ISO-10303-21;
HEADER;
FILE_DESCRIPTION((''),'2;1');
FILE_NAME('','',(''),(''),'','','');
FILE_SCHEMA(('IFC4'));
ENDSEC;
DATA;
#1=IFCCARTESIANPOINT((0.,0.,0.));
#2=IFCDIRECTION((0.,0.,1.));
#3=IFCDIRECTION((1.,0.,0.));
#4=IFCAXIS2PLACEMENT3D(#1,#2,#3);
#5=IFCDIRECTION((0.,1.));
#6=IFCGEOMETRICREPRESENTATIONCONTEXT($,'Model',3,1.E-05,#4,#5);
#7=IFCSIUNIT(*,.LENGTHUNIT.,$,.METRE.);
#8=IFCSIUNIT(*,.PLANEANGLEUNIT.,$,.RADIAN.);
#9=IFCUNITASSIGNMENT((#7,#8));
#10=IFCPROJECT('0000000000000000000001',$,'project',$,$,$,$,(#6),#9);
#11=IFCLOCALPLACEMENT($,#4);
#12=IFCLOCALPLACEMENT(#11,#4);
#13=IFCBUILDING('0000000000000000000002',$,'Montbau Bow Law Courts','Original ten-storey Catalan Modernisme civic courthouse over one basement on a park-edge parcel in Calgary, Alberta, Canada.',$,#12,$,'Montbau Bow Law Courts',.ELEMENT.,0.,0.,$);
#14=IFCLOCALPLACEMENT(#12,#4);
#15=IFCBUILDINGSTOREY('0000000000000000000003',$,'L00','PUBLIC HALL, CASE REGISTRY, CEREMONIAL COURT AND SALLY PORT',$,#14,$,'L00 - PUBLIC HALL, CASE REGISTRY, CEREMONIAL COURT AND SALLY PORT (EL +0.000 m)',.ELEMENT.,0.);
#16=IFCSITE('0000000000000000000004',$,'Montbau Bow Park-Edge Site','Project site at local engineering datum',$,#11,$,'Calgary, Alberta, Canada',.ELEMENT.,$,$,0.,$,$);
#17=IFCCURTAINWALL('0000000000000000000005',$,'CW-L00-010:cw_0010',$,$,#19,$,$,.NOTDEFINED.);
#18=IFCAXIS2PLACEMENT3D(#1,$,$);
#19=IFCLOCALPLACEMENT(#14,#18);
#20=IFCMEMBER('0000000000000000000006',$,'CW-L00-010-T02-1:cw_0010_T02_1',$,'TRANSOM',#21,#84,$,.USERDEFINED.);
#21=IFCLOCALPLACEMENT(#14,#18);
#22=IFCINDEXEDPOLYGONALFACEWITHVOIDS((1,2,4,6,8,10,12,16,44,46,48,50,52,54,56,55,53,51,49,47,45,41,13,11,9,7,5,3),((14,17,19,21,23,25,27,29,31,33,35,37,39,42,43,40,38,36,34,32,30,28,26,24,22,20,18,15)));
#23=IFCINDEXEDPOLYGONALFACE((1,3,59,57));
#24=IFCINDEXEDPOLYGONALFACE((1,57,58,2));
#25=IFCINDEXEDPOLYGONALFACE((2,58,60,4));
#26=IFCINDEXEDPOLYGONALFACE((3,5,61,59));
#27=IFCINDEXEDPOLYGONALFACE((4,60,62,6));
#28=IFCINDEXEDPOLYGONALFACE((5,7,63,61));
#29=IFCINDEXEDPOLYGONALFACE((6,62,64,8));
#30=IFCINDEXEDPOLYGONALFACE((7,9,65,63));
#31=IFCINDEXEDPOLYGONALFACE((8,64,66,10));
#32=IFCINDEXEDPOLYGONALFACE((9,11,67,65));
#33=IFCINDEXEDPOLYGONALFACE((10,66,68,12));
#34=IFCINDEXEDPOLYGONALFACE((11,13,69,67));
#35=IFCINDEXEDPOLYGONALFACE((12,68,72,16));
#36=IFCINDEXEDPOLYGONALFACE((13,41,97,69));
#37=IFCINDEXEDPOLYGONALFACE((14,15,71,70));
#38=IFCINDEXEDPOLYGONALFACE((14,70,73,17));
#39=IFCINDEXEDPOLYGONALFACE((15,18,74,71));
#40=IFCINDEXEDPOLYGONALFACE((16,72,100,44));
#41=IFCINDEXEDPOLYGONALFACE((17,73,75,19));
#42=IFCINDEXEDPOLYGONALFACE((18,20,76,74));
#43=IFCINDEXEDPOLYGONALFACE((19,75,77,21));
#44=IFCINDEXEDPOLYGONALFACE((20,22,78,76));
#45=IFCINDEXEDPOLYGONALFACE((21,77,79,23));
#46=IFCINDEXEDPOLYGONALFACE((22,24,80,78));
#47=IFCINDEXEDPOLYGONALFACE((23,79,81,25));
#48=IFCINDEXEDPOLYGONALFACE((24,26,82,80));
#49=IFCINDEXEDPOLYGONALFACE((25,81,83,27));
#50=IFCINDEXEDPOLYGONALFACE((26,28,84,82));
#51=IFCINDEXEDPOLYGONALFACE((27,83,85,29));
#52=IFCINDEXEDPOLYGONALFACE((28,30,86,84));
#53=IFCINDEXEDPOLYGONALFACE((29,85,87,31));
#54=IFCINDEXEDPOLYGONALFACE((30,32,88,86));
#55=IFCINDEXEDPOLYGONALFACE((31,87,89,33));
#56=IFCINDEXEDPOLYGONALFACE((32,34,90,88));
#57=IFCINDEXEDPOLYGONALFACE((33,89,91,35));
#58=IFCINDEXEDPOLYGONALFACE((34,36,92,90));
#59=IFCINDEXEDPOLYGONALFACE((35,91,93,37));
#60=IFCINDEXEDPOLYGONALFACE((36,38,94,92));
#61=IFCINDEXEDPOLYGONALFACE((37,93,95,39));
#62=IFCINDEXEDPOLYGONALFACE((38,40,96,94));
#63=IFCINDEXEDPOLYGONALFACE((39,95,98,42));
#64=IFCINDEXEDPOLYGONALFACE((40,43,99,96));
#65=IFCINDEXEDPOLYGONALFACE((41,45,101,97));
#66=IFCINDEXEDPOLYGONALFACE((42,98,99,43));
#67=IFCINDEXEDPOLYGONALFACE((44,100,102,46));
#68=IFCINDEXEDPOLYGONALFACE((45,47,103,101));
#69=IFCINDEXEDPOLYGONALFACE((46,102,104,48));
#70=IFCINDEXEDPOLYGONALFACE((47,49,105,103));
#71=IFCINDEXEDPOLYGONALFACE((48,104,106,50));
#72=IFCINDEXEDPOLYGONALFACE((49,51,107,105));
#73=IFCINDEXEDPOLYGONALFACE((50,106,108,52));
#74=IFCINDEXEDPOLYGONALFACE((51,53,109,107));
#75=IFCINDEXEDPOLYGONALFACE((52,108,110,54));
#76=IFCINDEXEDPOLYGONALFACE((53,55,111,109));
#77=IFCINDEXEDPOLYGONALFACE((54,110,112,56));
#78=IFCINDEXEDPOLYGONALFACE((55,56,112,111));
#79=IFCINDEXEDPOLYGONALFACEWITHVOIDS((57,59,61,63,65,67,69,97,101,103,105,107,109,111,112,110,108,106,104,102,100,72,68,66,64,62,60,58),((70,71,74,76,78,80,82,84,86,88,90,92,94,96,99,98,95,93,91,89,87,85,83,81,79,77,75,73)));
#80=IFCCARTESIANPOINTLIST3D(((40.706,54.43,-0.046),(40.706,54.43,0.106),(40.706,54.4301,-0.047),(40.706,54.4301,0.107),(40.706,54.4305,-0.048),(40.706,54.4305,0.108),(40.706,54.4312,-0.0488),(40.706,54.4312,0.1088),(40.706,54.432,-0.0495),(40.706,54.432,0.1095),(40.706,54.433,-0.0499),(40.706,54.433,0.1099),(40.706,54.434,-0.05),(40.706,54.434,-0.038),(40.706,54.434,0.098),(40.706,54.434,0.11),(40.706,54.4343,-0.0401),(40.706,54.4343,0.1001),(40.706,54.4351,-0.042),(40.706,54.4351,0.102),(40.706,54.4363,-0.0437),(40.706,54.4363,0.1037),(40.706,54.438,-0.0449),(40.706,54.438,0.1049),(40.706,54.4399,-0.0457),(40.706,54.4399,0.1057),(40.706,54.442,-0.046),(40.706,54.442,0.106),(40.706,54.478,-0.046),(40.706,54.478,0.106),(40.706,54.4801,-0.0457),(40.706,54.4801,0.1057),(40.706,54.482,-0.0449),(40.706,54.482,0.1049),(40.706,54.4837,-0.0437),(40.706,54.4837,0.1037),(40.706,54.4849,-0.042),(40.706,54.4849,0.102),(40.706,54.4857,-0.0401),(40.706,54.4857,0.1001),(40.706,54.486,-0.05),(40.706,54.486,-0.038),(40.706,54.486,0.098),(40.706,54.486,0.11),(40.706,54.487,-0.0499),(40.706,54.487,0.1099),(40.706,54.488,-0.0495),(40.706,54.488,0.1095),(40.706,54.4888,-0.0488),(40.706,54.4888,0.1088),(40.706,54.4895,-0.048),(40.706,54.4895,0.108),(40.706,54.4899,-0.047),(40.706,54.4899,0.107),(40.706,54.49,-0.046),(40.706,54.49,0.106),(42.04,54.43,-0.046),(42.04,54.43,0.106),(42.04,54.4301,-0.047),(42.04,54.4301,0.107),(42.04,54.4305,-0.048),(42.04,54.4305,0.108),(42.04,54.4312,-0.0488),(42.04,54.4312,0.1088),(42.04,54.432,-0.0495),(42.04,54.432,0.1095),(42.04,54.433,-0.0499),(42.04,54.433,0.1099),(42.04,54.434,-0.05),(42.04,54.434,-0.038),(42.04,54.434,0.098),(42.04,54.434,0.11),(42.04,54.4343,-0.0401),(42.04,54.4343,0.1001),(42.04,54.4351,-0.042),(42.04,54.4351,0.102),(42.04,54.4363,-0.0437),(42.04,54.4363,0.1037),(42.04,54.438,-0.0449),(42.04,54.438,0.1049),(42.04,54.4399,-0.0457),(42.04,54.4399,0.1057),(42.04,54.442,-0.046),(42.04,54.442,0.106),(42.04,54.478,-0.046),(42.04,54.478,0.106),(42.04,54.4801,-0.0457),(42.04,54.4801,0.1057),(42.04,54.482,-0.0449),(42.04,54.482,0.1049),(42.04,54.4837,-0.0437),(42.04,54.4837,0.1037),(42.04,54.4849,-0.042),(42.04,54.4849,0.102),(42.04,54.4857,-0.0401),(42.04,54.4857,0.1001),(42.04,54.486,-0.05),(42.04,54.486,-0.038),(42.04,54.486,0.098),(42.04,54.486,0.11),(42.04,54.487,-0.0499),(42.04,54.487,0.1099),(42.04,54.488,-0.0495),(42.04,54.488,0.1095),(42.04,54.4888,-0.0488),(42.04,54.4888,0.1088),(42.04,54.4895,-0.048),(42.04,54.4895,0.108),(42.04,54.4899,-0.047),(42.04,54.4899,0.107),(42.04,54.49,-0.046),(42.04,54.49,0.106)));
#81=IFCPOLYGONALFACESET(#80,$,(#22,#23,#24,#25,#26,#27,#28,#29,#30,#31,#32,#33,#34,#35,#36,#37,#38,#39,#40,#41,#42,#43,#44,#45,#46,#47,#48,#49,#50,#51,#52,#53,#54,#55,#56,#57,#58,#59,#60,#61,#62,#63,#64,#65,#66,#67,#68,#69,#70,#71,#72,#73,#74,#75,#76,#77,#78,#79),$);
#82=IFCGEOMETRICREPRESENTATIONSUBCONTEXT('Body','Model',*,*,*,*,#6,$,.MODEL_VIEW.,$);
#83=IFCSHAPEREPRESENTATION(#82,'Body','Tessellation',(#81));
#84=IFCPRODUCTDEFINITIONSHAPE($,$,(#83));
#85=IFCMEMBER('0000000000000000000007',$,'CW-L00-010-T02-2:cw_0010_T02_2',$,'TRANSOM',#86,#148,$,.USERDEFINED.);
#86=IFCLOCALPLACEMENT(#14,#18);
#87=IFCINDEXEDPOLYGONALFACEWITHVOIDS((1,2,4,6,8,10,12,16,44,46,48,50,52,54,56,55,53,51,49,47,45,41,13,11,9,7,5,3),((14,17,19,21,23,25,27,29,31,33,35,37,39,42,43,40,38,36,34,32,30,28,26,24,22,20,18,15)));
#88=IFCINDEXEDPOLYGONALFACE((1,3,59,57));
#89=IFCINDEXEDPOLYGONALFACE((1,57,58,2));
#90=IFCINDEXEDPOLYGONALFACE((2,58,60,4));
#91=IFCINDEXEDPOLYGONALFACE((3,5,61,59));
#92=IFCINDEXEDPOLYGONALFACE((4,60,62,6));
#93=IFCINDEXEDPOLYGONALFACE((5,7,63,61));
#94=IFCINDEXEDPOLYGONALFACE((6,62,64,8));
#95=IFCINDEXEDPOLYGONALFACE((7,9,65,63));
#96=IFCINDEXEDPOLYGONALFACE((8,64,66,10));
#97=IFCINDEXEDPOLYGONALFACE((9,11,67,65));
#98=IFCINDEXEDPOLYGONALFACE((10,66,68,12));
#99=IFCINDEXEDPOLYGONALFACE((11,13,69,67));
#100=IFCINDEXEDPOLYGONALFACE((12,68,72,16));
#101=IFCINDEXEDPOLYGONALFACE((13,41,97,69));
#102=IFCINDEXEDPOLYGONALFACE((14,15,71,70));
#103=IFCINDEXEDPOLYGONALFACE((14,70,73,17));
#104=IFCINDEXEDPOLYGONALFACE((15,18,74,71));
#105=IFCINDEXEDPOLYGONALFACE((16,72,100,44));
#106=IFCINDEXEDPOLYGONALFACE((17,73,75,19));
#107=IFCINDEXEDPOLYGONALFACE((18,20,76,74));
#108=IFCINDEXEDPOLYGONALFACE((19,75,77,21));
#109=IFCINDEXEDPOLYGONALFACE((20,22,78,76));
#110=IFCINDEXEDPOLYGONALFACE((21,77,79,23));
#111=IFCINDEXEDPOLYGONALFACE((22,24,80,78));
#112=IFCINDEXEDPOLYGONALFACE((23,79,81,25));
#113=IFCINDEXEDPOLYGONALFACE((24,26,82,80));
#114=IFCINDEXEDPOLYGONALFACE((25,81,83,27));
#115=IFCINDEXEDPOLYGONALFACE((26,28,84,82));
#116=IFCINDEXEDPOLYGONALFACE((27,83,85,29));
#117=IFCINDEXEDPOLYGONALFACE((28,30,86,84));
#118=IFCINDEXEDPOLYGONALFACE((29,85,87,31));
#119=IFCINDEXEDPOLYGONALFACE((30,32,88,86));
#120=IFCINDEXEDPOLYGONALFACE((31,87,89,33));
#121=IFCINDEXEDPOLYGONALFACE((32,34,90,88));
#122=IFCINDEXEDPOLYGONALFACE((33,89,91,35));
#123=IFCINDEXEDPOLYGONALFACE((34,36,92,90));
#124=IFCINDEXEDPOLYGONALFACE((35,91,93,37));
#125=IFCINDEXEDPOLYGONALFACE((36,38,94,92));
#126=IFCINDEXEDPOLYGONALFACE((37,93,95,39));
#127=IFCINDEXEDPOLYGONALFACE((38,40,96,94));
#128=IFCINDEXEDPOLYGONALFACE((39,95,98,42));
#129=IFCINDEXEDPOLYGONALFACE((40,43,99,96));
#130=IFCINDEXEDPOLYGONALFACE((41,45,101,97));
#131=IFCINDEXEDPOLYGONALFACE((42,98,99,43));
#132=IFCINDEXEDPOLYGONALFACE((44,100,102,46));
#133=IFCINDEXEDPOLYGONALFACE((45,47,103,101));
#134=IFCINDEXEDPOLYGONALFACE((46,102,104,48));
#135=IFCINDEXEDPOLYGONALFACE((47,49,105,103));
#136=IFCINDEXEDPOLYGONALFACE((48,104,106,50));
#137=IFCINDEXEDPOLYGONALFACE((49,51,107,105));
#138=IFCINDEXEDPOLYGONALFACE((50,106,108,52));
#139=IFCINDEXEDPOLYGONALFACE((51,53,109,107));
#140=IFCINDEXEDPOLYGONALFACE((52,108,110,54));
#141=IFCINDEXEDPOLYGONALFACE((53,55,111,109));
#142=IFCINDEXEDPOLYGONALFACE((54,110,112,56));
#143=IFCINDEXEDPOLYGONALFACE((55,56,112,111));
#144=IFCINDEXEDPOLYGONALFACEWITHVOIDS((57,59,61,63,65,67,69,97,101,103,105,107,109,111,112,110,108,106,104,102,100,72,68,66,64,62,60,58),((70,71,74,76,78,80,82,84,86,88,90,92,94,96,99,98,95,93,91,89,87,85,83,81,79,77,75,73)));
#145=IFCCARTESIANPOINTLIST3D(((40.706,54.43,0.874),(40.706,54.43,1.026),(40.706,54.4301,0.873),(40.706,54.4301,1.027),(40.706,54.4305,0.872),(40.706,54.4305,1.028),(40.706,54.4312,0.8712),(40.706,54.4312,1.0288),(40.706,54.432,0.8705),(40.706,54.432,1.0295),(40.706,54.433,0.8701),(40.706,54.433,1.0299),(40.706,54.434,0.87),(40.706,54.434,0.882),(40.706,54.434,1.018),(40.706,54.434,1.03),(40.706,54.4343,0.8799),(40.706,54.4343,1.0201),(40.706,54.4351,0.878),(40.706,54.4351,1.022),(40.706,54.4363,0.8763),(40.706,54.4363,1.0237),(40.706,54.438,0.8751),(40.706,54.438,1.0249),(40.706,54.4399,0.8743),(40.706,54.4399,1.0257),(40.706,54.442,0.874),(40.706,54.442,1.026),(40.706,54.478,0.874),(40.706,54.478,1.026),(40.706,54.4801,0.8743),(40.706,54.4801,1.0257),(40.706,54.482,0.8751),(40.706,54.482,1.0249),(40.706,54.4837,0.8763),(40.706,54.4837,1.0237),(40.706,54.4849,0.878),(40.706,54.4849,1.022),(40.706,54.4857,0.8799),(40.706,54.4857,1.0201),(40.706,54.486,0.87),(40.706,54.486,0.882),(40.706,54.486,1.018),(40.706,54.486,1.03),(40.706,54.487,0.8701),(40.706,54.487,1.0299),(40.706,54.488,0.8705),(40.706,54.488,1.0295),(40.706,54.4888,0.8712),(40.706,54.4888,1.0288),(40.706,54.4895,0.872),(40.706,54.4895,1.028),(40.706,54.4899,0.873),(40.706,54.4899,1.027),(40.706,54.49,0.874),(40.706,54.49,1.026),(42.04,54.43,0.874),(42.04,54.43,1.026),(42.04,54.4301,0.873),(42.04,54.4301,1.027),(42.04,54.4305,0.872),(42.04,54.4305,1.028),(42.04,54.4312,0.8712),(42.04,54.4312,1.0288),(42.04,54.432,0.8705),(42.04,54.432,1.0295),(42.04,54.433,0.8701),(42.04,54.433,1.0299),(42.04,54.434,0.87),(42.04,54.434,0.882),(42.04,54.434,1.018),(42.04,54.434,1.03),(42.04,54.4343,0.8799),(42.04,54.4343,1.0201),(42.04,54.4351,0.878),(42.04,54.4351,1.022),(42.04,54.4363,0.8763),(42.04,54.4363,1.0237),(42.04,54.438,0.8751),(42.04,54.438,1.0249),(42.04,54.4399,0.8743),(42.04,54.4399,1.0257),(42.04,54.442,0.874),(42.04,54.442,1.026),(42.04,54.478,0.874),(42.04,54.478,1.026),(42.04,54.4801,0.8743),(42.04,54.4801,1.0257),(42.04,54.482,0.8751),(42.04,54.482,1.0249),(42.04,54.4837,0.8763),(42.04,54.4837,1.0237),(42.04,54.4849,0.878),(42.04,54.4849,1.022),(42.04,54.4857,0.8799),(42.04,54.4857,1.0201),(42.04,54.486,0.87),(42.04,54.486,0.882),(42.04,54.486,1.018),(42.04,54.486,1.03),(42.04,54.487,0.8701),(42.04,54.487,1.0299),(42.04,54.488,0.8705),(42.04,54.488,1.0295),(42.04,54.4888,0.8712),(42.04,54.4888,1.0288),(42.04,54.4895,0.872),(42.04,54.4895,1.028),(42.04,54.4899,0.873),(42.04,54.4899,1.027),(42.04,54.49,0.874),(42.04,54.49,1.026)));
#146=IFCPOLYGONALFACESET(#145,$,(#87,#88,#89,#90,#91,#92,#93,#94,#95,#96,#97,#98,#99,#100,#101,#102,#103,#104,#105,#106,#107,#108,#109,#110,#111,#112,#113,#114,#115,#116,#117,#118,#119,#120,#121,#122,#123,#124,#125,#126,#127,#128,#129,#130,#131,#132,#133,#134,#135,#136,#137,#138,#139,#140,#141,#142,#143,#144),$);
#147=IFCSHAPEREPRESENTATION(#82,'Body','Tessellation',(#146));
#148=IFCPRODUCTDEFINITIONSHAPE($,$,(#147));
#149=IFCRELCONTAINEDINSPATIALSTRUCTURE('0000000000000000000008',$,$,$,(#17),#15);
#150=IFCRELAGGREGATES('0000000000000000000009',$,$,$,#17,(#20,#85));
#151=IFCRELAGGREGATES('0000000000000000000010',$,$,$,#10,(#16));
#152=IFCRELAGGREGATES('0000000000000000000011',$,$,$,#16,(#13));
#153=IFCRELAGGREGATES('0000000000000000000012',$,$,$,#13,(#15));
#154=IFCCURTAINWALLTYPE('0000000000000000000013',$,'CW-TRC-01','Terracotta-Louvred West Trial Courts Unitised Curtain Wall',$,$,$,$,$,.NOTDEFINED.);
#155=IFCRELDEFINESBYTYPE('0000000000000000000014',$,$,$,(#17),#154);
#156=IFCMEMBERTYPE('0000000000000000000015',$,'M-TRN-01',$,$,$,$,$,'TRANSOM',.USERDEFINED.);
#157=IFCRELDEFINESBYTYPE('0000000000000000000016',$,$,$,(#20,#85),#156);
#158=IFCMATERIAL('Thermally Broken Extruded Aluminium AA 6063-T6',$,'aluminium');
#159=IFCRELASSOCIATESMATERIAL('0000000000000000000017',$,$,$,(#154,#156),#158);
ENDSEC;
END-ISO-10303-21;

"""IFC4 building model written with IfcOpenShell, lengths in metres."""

from ifc_helpers import new_model, si_unit, direction, frame, origin_with_axes, origin_2d_with_axis, place, context, subcontext, project, spatial, hollow_rectangle, extrude, material, material_profile, profile_set, type_object, element, aggregate, save


model = new_model("IFC4")

# Units and contexts
model_context = context("Model", 3, precision=1e-05, world=origin_with_axes(), true_north=direction((0.0, 1.0)))
body_context = subcontext(model_context, "Body", "Model", "MODEL_VIEW")
ifc_project = project(units=[si_unit("LENGTHUNIT", "METRE"), si_unit("PLANEANGLEUNIT", "RADIAN")], contexts=[model_context])

# Site, building, storey
site_placement = place(None, origin_with_axes())
site = spatial("IfcSite", under=ifc_project, at=site_placement, Name="Montbau Bow Park-Edge Site", Description="Project site at local engineering datum", LongName="Calgary, Alberta, Canada", CompositionType="ELEMENT", RefElevation=0.0)
building_placement = place(site_placement, origin_with_axes())
building = spatial("IfcBuilding", under=site, at=building_placement, Name="Montbau Bow Law Courts", Description="Original ten-storey Catalan Modernisme civic courthouse over one basement on a park-edge parcel in Calgary, Alberta, Canada.", LongName="Montbau Bow Law Courts", CompositionType="ELEMENT", ElevationOfRefHeight=0.0, ElevationOfTerrain=0.0)
storey_placement = place(building_placement, origin_with_axes())
storey = spatial("IfcBuildingStorey", under=building, at=storey_placement, Name="L00", Description="PUBLIC HALL, CASE REGISTRY, CEREMONIAL COURT AND SALLY PORT", LongName="L00 - PUBLIC HALL, CASE REGISTRY, CEREMONIAL COURT AND SALLY PORT (EL +0.000 m)", CompositionType="ELEMENT", Elevation=0.0)

# Curtain wall, members
ifc_material_1 = material(Name="Thermally Broken Extruded Aluminium AA 6063-T6", Category="aluminium")
curtain_wall_type = type_object("IfcCurtainWallType", Name="CW-TRC-01", Description="Terracotta-Louvred West Trial Courts Unitised Curtain Wall", PredefinedType="NOTDEFINED", material=ifc_material_1)
curtain_wall_1_placement = place(None, frame((39.268, 54.46, 0.0), z_axis=(0.0, 0.0, 1.0), x_axis=(1.0, 0.0, 0.0)))
curtain_wall_1 = element("IfcCurtainWall", 1, at=curtain_wall_1_placement, inside=storey, type_object=curtain_wall_type, Name="CW-L00-010:cw_0010", PredefinedType="NOTDEFINED")
ifc_material_profile_1 = material_profile(ifc_material_1, hollow_rectangle(XDim=0.06, YDim=0.16, WallThickness=0.004, InnerFilletRadius=0.008, OuterFilletRadius=0.004, at=origin_2d_with_axis()), Name="CWT-160X60", Category="Main", Priority=0)
ifc_profile_set_1 = profile_set([ifc_material_profile_1], Name="Thermally Broken Extruded Aluminium AA 6063-T6")
member_type_1 = type_object("IfcMemberType", Name="M-TRN-01", ElementType="TRANSOM", PredefinedType="USERDEFINED", material=ifc_profile_set_1)
member_1_placement = place(None, frame((40.706, 54.46, 0.03), z_axis=(1.0, 0.0, 0.0), x_axis=(0.0, 1.0, 0.0)))
member_1 = element("IfcMember", 2, at=member_1_placement, type_object=member_type_1, Name="CW-L00-010-T02-1:cw_0010_T02_1", ObjectType="TRANSOM", PredefinedType="USERDEFINED", context=body_context, shape_type="SweptSolid", body=[
    extrude(hollow_rectangle(XDim=0.06, YDim=0.16, WallThickness=0.004, InnerFilletRadius=0.008, OuterFilletRadius=0.004, at=origin_2d_with_axis()), origin_with_axes(), (0.0, 0.0, 1.0), 1.334),
])
member_2_placement = place(None, frame((40.706, 54.46, 0.95), z_axis=(1.0, 0.0, 0.0), x_axis=(0.0, 1.0, 0.0)))
member_2 = element("IfcMember", 3, at=member_2_placement, type_object=member_type_1, Name="CW-L00-010-T02-2:cw_0010_T02_2", ObjectType="TRANSOM", PredefinedType="USERDEFINED", context=body_context, shape_type="SweptSolid", body=[
    extrude(hollow_rectangle(XDim=0.06, YDim=0.16, WallThickness=0.004, InnerFilletRadius=0.008, OuterFilletRadius=0.004, at=origin_2d_with_axis()), origin_with_axes(), (0.0, 0.0, 1.0), 1.334),
])

aggregate(curtain_wall_1, [member_1, member_2])

save(model, "model.ifc")
